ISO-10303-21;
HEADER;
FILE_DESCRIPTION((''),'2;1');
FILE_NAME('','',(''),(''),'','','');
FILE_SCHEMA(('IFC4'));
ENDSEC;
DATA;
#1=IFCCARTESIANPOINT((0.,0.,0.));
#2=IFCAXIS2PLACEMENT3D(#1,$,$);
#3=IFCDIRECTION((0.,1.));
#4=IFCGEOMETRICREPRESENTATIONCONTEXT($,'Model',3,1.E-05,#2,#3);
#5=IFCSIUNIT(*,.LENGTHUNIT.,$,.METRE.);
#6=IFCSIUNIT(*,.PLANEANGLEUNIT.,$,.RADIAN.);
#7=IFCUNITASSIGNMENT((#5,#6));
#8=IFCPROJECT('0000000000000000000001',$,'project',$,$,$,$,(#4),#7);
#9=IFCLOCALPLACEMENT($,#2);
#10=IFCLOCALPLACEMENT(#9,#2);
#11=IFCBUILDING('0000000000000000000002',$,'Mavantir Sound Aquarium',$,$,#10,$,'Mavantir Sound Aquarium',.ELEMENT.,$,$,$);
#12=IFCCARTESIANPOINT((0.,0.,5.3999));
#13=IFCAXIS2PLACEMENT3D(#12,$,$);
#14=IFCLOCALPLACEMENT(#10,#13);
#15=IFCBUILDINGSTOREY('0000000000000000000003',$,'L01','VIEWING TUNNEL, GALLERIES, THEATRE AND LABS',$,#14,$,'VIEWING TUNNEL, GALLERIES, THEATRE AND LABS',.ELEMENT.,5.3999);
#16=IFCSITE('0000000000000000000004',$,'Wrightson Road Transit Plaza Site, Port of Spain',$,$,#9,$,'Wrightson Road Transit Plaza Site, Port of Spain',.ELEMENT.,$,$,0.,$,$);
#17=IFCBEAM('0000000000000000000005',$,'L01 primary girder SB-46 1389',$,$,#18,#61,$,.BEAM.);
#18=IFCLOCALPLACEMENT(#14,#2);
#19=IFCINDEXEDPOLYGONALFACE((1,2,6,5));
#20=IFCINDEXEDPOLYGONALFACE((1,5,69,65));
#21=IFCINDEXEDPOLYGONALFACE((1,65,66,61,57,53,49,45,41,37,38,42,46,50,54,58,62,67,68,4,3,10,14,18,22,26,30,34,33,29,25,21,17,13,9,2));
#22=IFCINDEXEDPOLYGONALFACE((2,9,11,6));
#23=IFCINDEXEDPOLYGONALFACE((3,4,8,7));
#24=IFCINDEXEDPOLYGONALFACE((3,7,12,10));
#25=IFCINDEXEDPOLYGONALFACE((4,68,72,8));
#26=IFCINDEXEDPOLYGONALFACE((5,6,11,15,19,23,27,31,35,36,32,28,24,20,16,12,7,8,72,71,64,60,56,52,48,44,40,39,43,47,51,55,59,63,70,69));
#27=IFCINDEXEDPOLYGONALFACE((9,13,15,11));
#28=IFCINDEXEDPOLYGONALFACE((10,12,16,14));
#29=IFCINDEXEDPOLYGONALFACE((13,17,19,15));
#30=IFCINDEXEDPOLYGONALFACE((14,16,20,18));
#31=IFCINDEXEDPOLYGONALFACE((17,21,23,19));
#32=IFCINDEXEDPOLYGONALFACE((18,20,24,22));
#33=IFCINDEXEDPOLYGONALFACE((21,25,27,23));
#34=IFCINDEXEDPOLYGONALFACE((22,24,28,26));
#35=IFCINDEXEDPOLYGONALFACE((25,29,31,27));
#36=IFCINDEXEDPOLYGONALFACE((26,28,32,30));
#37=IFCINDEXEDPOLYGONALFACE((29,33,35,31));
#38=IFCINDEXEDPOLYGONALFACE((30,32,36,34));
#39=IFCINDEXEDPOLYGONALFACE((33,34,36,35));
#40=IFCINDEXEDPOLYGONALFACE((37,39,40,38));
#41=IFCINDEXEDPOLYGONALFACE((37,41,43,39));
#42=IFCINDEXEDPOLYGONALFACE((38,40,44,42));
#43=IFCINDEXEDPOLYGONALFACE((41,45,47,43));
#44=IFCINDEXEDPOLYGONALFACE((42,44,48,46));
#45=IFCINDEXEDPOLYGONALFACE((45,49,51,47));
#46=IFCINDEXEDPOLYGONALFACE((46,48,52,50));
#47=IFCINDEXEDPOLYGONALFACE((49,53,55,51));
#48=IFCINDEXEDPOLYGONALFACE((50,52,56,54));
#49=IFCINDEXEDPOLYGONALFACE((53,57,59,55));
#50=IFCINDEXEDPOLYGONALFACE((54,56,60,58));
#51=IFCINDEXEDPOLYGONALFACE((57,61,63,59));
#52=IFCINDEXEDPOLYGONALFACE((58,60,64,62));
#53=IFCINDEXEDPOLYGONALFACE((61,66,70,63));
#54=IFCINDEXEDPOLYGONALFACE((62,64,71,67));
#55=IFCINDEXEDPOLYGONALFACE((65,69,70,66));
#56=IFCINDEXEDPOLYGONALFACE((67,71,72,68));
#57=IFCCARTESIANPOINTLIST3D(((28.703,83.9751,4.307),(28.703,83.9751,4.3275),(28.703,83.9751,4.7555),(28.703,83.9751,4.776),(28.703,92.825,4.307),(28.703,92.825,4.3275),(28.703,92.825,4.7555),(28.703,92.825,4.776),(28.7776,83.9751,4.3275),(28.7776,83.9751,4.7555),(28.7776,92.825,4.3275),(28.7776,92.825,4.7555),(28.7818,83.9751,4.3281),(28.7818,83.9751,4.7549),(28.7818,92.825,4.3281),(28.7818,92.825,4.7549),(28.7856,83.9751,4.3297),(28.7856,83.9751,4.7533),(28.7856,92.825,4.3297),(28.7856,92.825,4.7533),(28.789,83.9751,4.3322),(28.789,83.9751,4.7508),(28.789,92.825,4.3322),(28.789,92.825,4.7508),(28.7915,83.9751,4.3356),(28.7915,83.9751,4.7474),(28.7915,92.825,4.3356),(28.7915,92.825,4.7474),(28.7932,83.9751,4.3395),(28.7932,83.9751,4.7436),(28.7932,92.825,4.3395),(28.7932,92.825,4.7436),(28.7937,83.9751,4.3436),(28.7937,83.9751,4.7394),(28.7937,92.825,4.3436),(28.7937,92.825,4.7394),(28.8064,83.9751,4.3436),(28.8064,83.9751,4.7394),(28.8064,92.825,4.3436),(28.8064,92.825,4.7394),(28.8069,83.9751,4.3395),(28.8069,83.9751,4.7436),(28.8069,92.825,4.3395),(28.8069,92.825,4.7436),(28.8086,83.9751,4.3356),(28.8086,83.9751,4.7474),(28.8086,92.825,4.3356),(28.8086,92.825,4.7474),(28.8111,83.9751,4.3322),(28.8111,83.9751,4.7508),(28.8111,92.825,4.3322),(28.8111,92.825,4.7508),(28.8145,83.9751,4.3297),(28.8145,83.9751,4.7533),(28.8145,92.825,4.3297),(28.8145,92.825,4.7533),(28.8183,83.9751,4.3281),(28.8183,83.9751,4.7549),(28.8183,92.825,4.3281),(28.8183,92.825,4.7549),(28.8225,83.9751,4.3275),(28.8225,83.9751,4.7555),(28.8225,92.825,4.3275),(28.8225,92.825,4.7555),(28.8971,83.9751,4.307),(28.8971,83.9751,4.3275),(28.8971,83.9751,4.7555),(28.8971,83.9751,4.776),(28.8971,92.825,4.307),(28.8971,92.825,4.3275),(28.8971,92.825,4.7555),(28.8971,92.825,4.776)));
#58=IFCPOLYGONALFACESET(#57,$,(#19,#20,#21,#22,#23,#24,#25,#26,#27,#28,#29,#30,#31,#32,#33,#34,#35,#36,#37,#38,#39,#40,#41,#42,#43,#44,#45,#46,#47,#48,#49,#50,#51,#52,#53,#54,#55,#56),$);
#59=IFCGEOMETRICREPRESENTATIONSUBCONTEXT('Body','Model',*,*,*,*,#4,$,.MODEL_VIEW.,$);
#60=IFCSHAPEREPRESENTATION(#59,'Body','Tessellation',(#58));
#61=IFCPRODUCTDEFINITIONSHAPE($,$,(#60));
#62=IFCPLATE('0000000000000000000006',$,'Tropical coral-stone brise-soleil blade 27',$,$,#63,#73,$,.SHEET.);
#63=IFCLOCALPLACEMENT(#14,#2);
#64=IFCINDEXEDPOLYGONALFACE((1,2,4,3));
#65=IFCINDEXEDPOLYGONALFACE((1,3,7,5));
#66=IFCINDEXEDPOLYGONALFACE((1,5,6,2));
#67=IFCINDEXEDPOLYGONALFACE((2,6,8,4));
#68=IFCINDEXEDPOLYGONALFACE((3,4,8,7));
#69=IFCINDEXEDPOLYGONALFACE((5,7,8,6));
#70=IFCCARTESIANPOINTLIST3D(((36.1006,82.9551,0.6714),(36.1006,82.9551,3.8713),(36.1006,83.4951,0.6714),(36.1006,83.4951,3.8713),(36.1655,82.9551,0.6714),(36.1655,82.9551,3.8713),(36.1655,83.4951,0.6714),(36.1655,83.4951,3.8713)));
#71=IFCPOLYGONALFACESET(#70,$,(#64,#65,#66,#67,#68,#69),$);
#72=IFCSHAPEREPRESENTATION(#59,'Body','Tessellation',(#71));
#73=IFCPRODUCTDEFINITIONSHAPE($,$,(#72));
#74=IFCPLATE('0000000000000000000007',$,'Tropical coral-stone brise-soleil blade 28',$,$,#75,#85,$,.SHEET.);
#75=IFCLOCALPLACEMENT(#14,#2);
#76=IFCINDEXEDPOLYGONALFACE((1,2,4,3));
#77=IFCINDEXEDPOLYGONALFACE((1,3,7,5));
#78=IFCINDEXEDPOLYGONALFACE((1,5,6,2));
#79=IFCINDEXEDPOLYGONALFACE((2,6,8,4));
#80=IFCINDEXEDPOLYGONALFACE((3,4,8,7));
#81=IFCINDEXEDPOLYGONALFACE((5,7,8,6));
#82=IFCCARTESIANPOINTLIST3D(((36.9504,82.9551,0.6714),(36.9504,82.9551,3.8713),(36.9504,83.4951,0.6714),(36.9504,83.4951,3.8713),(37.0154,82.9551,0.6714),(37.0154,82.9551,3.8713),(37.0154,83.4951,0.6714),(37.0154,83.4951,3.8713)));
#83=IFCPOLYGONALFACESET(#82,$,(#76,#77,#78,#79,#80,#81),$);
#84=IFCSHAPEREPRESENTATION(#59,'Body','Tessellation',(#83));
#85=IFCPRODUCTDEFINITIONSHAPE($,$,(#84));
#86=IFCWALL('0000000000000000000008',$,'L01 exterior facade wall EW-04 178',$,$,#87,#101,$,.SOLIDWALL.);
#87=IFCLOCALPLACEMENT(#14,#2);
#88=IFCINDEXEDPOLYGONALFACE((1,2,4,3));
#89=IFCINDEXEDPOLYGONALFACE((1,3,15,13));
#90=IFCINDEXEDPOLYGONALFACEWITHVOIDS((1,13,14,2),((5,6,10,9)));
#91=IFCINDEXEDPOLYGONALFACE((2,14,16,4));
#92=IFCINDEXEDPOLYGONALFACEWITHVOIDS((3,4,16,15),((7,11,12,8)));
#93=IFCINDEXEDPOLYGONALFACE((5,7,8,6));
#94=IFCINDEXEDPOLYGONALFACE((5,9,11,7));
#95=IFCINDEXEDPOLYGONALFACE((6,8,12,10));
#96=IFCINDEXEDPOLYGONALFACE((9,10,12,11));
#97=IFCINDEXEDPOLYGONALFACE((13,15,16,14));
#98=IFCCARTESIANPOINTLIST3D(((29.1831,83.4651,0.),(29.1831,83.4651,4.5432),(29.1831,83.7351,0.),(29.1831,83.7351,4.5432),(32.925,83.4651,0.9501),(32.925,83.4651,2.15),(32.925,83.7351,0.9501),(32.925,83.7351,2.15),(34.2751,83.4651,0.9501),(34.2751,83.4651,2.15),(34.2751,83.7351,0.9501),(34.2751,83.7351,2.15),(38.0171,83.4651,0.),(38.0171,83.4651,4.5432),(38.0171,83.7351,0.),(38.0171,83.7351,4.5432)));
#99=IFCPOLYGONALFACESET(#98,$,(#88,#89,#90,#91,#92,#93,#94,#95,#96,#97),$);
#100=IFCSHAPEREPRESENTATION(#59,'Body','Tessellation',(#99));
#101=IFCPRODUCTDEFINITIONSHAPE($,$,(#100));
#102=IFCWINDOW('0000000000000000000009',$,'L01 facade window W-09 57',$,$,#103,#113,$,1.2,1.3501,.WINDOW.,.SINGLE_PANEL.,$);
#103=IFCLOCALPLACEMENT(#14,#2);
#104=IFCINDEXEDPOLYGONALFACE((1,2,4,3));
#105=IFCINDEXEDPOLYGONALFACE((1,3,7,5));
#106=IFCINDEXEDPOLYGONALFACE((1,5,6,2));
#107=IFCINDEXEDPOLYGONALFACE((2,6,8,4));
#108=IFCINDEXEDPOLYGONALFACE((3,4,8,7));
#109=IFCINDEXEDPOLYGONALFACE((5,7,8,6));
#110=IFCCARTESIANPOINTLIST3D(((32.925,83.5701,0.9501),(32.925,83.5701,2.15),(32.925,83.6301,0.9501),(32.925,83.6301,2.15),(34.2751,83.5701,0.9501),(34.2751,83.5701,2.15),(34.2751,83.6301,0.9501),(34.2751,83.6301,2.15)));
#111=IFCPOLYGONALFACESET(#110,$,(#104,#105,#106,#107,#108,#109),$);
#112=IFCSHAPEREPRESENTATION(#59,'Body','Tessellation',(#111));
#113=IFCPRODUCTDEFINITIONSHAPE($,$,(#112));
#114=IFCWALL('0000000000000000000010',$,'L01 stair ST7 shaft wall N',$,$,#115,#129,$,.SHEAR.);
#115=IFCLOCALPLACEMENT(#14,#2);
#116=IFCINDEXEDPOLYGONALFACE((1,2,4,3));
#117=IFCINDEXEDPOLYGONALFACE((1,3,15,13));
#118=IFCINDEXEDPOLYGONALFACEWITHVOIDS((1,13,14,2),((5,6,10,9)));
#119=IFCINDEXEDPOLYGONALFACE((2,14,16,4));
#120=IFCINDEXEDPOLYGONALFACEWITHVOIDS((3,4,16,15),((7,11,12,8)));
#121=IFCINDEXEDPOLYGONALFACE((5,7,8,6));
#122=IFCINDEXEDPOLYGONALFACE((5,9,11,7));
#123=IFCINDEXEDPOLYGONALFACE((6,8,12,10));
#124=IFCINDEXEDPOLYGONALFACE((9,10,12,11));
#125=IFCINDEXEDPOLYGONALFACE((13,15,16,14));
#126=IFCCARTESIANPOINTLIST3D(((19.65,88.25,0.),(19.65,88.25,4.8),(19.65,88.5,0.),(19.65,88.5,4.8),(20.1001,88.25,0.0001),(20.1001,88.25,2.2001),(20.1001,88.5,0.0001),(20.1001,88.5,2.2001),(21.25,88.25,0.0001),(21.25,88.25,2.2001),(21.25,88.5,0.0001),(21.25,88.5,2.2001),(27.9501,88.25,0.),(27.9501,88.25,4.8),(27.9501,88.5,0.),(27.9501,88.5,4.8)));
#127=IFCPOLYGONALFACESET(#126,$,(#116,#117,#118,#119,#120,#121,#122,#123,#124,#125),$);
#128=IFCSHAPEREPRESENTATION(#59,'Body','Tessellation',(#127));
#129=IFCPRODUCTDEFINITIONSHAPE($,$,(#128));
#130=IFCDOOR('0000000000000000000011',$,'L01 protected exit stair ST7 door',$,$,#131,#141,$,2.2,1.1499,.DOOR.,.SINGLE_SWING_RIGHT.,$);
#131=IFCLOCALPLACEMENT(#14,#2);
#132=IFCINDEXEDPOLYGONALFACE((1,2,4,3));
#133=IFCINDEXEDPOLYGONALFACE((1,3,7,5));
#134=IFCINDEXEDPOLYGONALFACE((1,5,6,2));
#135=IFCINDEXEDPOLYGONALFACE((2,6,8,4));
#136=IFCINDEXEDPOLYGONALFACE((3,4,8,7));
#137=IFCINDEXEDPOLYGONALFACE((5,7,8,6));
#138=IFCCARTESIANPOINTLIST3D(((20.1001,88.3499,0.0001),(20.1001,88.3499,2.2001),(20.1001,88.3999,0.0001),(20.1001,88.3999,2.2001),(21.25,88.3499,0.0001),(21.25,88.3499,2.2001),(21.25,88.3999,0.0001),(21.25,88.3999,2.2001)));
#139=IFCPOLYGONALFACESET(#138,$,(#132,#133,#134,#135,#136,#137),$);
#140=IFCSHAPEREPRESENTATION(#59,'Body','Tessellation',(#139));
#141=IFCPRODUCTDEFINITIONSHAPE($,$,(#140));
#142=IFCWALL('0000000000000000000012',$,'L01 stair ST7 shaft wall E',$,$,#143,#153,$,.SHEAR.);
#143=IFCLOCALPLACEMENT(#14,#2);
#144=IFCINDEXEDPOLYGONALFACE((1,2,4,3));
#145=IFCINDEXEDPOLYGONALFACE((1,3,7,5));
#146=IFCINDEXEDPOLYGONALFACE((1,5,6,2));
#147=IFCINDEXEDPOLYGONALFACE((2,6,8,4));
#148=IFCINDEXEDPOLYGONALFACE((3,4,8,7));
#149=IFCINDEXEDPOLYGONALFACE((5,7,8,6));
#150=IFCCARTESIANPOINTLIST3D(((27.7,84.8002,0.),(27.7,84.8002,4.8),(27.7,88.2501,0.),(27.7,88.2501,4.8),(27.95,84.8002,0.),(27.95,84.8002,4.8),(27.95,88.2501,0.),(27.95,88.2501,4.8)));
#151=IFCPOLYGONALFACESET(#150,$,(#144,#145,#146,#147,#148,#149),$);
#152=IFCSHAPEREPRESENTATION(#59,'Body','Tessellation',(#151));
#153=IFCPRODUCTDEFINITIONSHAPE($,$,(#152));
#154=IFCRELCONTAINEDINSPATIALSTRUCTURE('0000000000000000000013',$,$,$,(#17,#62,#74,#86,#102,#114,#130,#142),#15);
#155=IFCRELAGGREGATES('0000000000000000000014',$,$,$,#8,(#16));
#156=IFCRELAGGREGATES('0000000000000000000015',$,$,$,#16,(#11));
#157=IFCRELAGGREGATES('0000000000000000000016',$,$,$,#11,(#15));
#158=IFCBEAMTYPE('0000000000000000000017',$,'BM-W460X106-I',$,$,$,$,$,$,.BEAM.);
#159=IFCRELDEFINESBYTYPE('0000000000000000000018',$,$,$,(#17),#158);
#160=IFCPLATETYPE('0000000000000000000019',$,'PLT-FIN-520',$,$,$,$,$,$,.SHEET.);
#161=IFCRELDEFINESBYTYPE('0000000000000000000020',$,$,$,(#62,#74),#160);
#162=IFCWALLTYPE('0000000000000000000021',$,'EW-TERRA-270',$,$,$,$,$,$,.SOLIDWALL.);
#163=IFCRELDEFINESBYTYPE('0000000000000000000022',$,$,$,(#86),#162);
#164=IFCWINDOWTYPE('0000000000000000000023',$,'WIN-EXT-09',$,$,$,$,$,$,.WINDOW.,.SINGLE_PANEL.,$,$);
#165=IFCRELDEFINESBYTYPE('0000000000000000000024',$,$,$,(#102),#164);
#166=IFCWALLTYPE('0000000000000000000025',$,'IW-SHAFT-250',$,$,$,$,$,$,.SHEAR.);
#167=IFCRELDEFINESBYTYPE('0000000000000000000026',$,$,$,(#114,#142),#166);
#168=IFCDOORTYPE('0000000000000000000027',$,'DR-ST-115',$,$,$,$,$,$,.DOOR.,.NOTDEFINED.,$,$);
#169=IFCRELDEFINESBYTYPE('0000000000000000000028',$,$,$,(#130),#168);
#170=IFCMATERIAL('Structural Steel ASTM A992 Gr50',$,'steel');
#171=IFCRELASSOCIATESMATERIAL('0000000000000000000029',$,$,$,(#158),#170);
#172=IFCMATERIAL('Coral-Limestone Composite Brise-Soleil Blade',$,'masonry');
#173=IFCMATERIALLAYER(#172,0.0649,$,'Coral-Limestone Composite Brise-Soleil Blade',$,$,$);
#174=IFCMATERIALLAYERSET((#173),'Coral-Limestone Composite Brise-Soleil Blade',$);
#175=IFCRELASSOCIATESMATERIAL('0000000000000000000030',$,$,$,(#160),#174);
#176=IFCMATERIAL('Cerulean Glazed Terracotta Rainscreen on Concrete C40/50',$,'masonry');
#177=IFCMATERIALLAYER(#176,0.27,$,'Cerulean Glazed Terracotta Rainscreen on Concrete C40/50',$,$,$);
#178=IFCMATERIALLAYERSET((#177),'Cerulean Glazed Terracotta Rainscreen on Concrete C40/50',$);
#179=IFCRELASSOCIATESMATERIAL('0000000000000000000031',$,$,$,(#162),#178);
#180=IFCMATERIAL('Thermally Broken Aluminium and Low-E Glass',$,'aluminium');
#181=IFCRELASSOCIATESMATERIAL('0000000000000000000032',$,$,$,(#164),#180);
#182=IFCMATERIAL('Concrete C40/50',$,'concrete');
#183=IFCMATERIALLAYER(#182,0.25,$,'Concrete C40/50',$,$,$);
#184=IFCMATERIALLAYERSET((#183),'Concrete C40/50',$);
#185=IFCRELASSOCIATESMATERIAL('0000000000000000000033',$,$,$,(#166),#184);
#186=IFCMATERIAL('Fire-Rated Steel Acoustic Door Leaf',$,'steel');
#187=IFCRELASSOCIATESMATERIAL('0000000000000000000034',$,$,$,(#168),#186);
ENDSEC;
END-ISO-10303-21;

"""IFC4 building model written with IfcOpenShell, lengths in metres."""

from ifc_helpers import new_model, si_unit, direction, frame, frame_2d, origin, origin_2d, place, context, subcontext, project, spatial, rectangle, i_section, extrude, material, layer, layer_set, material_profile, profile_set, type_object, element, fill, save


model = new_model("IFC4")

# Units and contexts
model_context = context("Model", 3, precision=1e-05, world=origin(), true_north=direction((0.0, 1.0)))
body_context = subcontext(model_context, "Body", "Model", "MODEL_VIEW")
ifc_project = project(units=[si_unit("LENGTHUNIT", "METRE"), si_unit("PLANEANGLEUNIT", "RADIAN")], contexts=[model_context])

# Site, building, storey
site_placement = place(None, origin())
site = spatial("IfcSite", under=ifc_project, at=site_placement, Name="Wrightson Road Transit Plaza Site, Port of Spain", LongName="Wrightson Road Transit Plaza Site, Port of Spain", CompositionType="ELEMENT", RefElevation=0.0)
building_placement = place(site_placement, origin())
building = spatial("IfcBuilding", under=site, at=building_placement, Name="Mavantir Sound Aquarium", LongName="Mavantir Sound Aquarium", CompositionType="ELEMENT")
storey_placement = place(building_placement, frame((0.0, 0.0, 5.3999)))
storey = spatial("IfcBuildingStorey", under=building, at=storey_placement, Name="L01", Description="VIEWING TUNNEL, GALLERIES, THEATRE AND LABS", LongName="VIEWING TUNNEL, GALLERIES, THEATRE AND LABS", CompositionType="ELEMENT", Elevation=5.3999)

# Shared definitions
ifc_material_1 = material(Name="Concrete C40/50", Category="concrete")

# Beam
ifc_material_2 = material(Name="Structural Steel ASTM A992 Gr50", Category="steel")
ifc_material_profile_1 = material_profile(ifc_material_2, i_section(OverallWidth=0.1941, OverallDepth=0.469, WebThickness=0.0127, FlangeThickness=0.0205, FilletRadius=0.0161, at=origin_2d()), Name="W460X106")
ifc_profile_set_1 = profile_set([ifc_material_profile_1], Name="Structural Steel ASTM A992 Gr50")
beam_type_1 = type_object("IfcBeamType", Name="BM-W460X106-I", PredefinedType="BEAM", material=ifc_profile_set_1)
beam_1_placement = place(storey_placement, frame((28.8, 83.9751, 4.5415), z_axis=(0.0, 1.0, 0.0), x_axis=(-1.0, 0.0, 0.0)))
element("IfcBeam", 1, at=beam_1_placement, inside=storey, type_object=beam_type_1, Name="L01 primary girder SB-46 1389", PredefinedType="BEAM", context=body_context, shape_type="SweptSolid", body=[
    extrude(i_section(OverallWidth=0.1941, OverallDepth=0.469, WebThickness=0.0127, FlangeThickness=0.0205, FilletRadius=0.0161, at=origin_2d()), origin(), (0.0, 0.0, 1.0), 8.8499),
])

# Plates
ifc_material_3 = material(Name="Coral-Limestone Composite Brise-Soleil Blade", Category="masonry")
ifc_layer_1 = layer(ifc_material_3, 0.0649, Name="Coral-Limestone Composite Brise-Soleil Blade")
ifc_layer_set_1 = layer_set([ifc_layer_1], Name="Coral-Limestone Composite Brise-Soleil Blade")
plate_type = type_object("IfcPlateType", Name="PLT-FIN-520", PredefinedType="SHEET", material=ifc_layer_set_1)
for number, where, z_axis, x_axis, name in (
    (2, (36.1331, 83.2251, 0.6714), (0.0, 0.0, 1.0), (-1.0, 0.0, 0.0), "Tropical coral-stone brise-soleil blade 27"),
    (3, (36.9829, 83.2251, 0.6714), (0.0, 0.0, 1.0), (-1.0, 0.0, 0.0), "Tropical coral-stone brise-soleil blade 28"),
):
    element("IfcPlate", number, at=place(storey_placement, frame(where, z_axis=z_axis, x_axis=x_axis)), inside=storey, type_object=plate_type, Name=name, PredefinedType="SHEET", context=body_context, shape_type="SweptSolid", body=[
        extrude(rectangle(XDim=0.0649, YDim=0.54, at=origin_2d()), origin(), (0.0, 0.0, 1.0), 3.2),
    ])

# Wall, opening, window
ifc_material_4 = material(Name="Cerulean Glazed Terracotta Rainscreen on Concrete C40/50", Category="masonry")
ifc_layer_2 = layer(ifc_material_4, 0.27, Name="Cerulean Glazed Terracotta Rainscreen on Concrete C40/50")
ifc_layer_set_2 = layer_set([ifc_layer_2], Name="Cerulean Glazed Terracotta Rainscreen on Concrete C40/50")
wall_type_1 = type_object("IfcWallType", Name="EW-TERRA-270", PredefinedType="SOLIDWALL", material=ifc_layer_set_2)
wall_1_placement = place(storey_placement, frame((29.1831, 83.6001, 0.0), z_axis=(0.0, 0.0, 1.0), x_axis=(1.0, 0.0, 0.0)))
wall_1 = element("IfcWall", 4, at=wall_1_placement, inside=storey, type_object=wall_type_1, Name="L01 exterior facade wall EW-04 178", PredefinedType="SOLIDWALL", context=body_context, shape_type="SweptSolid", body=[
    extrude(rectangle(XDim=8.834, YDim=0.27, at=frame_2d((4.417, 0.0))), origin(), (0.0, 0.0, 1.0), 4.5432),
])
opening_1_placement = place(wall_1_placement, frame((3.7419, 0.0, 0.95)))
opening_1 = element("IfcOpeningElement", 5, at=opening_1_placement, cuts=wall_1, PredefinedType="OPENING", context=body_context, shape_type="SweptSolid", body=[
    extrude(rectangle(XDim=1.3501, YDim=1.2, at=frame_2d((0.675, 0.6001))), frame((0.0, 0.145, 0.0), z_axis=(0.0, -1.0, 0.0), x_axis=(1.0, 0.0, 0.0)), (0.0, 0.0, 1.0), 0.29),
])
ifc_material_5 = material(Name="Thermally Broken Aluminium and Low-E Glass", Category="aluminium")
window_type = type_object("IfcWindowType", Name="WIN-EXT-09", PartitioningType="SINGLE_PANEL", PredefinedType="WINDOW", material=ifc_material_5)
window_placement = place(opening_1_placement, origin())
window = element("IfcWindow", 6, at=window_placement, inside=storey, type_object=window_type, Name="L01 facade window W-09 57", OverallHeight=1.2, OverallWidth=1.3501, PartitioningType="SINGLE_PANEL", PredefinedType="WINDOW", context=body_context, shape_type="SweptSolid", body=[
    extrude(rectangle(XDim=1.3501, YDim=1.2, at=frame_2d((0.675, 0.6001))), frame((0.0, 0.03, 0.0), z_axis=(0.0, -1.0, 0.0), x_axis=(1.0, 0.0, 0.0)), (0.0, 0.0, 1.0), 0.0601),
])
fill(opening_1, window)

# Wall, opening, door
ifc_layer_3 = layer(ifc_material_1, 0.25, Name="Concrete C40/50")
ifc_layer_set_3 = layer_set([ifc_layer_3], Name="Concrete C40/50")
wall_type_2 = type_object("IfcWallType", Name="IW-SHAFT-250", PredefinedType="SHEAR", material=ifc_layer_set_3)
wall_2_placement = place(storey_placement, frame((27.95, 88.375, 0.0), z_axis=(0.0, 0.0, 1.0), x_axis=(-1.0, 0.0, 0.0)))
wall_2 = element("IfcWall", 7, at=wall_2_placement, inside=storey, type_object=wall_type_2, Name="L01 stair ST7 shaft wall N", PredefinedType="SHEAR", context=body_context, shape_type="SweptSolid", body=[
    extrude(rectangle(XDim=8.3, YDim=0.25, at=frame_2d((4.1499, 0.0))), origin(), (0.0, 0.0, 1.0), 4.8),
])
opening_2_placement = place(wall_2_placement, frame((7.8499, 0.0, 0.0), z_axis=(0.0, 0.0, 1.0), x_axis=(-1.0, 0.0, 0.0)))
opening_2 = element("IfcOpeningElement", 8, at=opening_2_placement, cuts=wall_2, PredefinedType="OPENING", context=body_context, shape_type="SweptSolid", body=[
    extrude(rectangle(XDim=1.1499, YDim=2.2, at=frame_2d((0.575, 1.1001))), frame((0.0, 0.135, 0.0), z_axis=(0.0, -1.0, 0.0), x_axis=(1.0, 0.0, 0.0)), (0.0, 0.0, 1.0), 0.27),
])
ifc_material_6 = material(Name="Fire-Rated Steel Acoustic Door Leaf", Category="steel")
door_type = type_object("IfcDoorType", Name="DR-ST-115", OperationType="NOTDEFINED", PredefinedType="DOOR", material=ifc_material_6)
door_placement = place(opening_2_placement, origin())
door = element("IfcDoor", 9, at=door_placement, inside=storey, type_object=door_type, Name="L01 protected exit stair ST7 door", OperationType="SINGLE_SWING_RIGHT", OverallHeight=2.2, OverallWidth=1.1499, PredefinedType="DOOR", context=body_context, shape_type="SweptSolid", body=[
    extrude(rectangle(XDim=1.1499, YDim=2.2, at=frame_2d((0.575, 1.1001))), frame((0.0, 0.0249, 0.0), z_axis=(0.0, -1.0, 0.0), x_axis=(1.0, 0.0, 0.0)), (0.0, 0.0, 1.0), 0.05),
])
fill(opening_2, door)

# Wall
wall_3_placement = place(storey_placement, frame((27.825, 84.8, 0.0), z_axis=(0.0, 0.0, 1.0), x_axis=(0.0, 1.0, 0.0)))
element("IfcWall", 10, at=wall_3_placement, inside=storey, type_object=wall_type_2, Name="L01 stair ST7 shaft wall E", PredefinedType="SHEAR", context=body_context, shape_type="SweptSolid", body=[
    extrude(rectangle(XDim=3.45, YDim=0.25, at=frame_2d((1.7251, 0.0))), origin(), (0.0, 0.0, 1.0), 4.8),
])

save(model, "model.ifc")
